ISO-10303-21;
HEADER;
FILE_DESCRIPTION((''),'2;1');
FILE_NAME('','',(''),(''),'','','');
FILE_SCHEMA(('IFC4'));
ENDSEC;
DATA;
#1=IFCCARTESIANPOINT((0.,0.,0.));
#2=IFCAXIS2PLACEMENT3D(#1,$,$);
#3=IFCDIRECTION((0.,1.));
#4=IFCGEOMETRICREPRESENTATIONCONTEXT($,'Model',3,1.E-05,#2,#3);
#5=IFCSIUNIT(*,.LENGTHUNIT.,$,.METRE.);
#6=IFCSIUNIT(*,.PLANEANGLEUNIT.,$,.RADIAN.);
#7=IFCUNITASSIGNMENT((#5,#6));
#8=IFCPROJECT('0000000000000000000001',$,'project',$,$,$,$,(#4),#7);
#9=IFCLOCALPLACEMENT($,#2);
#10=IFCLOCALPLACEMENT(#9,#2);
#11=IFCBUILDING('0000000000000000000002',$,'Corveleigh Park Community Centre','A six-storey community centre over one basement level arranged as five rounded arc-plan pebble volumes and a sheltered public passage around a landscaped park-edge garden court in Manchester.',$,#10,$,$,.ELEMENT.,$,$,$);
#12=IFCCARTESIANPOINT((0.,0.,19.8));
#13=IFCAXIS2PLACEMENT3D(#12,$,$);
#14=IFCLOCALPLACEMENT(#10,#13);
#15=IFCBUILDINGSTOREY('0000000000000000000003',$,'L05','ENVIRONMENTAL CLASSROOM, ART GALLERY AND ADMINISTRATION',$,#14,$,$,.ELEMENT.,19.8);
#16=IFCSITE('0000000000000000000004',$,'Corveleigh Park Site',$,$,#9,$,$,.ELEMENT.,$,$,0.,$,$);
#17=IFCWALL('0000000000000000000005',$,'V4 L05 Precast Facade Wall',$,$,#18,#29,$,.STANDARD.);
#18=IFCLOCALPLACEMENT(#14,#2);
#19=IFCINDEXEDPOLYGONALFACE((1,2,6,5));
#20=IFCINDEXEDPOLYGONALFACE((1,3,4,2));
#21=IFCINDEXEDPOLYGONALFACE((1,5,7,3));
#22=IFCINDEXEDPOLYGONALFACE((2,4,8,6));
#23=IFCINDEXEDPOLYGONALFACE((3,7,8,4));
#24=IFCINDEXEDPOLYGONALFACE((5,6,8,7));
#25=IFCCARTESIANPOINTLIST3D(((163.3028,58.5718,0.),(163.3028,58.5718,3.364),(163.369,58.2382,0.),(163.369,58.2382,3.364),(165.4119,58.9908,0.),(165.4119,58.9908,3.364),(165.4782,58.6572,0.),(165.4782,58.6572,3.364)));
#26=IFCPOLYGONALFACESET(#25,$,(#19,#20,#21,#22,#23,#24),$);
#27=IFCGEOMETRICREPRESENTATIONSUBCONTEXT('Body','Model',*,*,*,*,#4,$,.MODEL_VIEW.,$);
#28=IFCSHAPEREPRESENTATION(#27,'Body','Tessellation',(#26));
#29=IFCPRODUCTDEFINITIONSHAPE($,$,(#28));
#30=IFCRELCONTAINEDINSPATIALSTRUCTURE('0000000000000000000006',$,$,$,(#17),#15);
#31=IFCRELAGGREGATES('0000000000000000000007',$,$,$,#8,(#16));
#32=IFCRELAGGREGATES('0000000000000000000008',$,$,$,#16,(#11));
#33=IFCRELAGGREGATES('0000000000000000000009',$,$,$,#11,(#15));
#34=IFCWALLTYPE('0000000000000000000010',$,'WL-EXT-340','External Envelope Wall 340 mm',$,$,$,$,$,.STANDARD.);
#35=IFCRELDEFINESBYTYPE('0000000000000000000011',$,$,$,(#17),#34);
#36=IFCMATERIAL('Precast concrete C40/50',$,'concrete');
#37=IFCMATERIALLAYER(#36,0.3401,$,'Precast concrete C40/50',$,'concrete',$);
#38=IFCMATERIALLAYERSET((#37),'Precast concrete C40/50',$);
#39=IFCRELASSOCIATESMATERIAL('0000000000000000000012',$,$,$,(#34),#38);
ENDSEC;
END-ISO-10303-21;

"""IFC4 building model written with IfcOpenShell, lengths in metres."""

from ifc_helpers import new_model, si_unit, direction, frame, frame_2d, origin, place, context, subcontext, project, spatial, rectangle, extrude, material, layer, layer_set, type_object, element, save


model = new_model("IFC4")

# Units and contexts
model_context = context("Model", 3, precision=1e-05, world=origin(), true_north=direction((0.0, 1.0)))
body_context = subcontext(model_context, "Body", "Model", "MODEL_VIEW")
ifc_project = project(units=[si_unit("LENGTHUNIT", "METRE"), si_unit("PLANEANGLEUNIT", "RADIAN")], contexts=[model_context])

# Site, building, storey
site_placement = place(None, origin())
site = spatial("IfcSite", under=ifc_project, at=site_placement, Name="Corveleigh Park Site", CompositionType="ELEMENT", RefElevation=0.0)
building_placement = place(site_placement, origin())
building = spatial("IfcBuilding", under=site, at=building_placement, Name="Corveleigh Park Community Centre", Description="A six-storey community centre over one basement level arranged as five rounded arc-plan pebble volumes and a sheltered public passage around a landscaped park-edge garden court in Manchester.", CompositionType="ELEMENT")
storey_placement = place(building_placement, frame((0.0, 0.0, 19.8)))
storey = spatial("IfcBuildingStorey", under=building, at=storey_placement, Name="L05", Description="ENVIRONMENTAL CLASSROOM, ART GALLERY AND ADMINISTRATION", CompositionType="ELEMENT", Elevation=19.8)

# Wall
ifc_material_1 = material(Name="Precast concrete C40/50", Category="concrete")
ifc_layer_1 = layer(ifc_material_1, 0.3401, Name="Precast concrete C40/50", Category="concrete")
ifc_layer_set_1 = layer_set([ifc_layer_1], Name="Precast concrete C40/50")
wall_type = type_object("IfcWallType", Name="WL-EXT-340", Description="External Envelope Wall 340 mm", PredefinedType="STANDARD", material=ifc_layer_set_1)
wall_placement = place(storey_placement, frame((165.4451, 58.824, 0.0), z_axis=(0.0, 0.0, 1.0), x_axis=(-0.980837, -0.194828, 0.0)))
element("IfcWall", 1, at=wall_placement, inside=storey, type_object=wall_type, Name="V4 L05 Precast Facade Wall", PredefinedType="STANDARD", context=body_context, shape_type="SweptSolid", body=[
    extrude(rectangle(XDim=2.1504, YDim=0.3401, at=frame_2d((1.0752, 0.0))), origin(), (0.0, 0.0, 1.0), 3.364),
])

save(model, "model.ifc")
